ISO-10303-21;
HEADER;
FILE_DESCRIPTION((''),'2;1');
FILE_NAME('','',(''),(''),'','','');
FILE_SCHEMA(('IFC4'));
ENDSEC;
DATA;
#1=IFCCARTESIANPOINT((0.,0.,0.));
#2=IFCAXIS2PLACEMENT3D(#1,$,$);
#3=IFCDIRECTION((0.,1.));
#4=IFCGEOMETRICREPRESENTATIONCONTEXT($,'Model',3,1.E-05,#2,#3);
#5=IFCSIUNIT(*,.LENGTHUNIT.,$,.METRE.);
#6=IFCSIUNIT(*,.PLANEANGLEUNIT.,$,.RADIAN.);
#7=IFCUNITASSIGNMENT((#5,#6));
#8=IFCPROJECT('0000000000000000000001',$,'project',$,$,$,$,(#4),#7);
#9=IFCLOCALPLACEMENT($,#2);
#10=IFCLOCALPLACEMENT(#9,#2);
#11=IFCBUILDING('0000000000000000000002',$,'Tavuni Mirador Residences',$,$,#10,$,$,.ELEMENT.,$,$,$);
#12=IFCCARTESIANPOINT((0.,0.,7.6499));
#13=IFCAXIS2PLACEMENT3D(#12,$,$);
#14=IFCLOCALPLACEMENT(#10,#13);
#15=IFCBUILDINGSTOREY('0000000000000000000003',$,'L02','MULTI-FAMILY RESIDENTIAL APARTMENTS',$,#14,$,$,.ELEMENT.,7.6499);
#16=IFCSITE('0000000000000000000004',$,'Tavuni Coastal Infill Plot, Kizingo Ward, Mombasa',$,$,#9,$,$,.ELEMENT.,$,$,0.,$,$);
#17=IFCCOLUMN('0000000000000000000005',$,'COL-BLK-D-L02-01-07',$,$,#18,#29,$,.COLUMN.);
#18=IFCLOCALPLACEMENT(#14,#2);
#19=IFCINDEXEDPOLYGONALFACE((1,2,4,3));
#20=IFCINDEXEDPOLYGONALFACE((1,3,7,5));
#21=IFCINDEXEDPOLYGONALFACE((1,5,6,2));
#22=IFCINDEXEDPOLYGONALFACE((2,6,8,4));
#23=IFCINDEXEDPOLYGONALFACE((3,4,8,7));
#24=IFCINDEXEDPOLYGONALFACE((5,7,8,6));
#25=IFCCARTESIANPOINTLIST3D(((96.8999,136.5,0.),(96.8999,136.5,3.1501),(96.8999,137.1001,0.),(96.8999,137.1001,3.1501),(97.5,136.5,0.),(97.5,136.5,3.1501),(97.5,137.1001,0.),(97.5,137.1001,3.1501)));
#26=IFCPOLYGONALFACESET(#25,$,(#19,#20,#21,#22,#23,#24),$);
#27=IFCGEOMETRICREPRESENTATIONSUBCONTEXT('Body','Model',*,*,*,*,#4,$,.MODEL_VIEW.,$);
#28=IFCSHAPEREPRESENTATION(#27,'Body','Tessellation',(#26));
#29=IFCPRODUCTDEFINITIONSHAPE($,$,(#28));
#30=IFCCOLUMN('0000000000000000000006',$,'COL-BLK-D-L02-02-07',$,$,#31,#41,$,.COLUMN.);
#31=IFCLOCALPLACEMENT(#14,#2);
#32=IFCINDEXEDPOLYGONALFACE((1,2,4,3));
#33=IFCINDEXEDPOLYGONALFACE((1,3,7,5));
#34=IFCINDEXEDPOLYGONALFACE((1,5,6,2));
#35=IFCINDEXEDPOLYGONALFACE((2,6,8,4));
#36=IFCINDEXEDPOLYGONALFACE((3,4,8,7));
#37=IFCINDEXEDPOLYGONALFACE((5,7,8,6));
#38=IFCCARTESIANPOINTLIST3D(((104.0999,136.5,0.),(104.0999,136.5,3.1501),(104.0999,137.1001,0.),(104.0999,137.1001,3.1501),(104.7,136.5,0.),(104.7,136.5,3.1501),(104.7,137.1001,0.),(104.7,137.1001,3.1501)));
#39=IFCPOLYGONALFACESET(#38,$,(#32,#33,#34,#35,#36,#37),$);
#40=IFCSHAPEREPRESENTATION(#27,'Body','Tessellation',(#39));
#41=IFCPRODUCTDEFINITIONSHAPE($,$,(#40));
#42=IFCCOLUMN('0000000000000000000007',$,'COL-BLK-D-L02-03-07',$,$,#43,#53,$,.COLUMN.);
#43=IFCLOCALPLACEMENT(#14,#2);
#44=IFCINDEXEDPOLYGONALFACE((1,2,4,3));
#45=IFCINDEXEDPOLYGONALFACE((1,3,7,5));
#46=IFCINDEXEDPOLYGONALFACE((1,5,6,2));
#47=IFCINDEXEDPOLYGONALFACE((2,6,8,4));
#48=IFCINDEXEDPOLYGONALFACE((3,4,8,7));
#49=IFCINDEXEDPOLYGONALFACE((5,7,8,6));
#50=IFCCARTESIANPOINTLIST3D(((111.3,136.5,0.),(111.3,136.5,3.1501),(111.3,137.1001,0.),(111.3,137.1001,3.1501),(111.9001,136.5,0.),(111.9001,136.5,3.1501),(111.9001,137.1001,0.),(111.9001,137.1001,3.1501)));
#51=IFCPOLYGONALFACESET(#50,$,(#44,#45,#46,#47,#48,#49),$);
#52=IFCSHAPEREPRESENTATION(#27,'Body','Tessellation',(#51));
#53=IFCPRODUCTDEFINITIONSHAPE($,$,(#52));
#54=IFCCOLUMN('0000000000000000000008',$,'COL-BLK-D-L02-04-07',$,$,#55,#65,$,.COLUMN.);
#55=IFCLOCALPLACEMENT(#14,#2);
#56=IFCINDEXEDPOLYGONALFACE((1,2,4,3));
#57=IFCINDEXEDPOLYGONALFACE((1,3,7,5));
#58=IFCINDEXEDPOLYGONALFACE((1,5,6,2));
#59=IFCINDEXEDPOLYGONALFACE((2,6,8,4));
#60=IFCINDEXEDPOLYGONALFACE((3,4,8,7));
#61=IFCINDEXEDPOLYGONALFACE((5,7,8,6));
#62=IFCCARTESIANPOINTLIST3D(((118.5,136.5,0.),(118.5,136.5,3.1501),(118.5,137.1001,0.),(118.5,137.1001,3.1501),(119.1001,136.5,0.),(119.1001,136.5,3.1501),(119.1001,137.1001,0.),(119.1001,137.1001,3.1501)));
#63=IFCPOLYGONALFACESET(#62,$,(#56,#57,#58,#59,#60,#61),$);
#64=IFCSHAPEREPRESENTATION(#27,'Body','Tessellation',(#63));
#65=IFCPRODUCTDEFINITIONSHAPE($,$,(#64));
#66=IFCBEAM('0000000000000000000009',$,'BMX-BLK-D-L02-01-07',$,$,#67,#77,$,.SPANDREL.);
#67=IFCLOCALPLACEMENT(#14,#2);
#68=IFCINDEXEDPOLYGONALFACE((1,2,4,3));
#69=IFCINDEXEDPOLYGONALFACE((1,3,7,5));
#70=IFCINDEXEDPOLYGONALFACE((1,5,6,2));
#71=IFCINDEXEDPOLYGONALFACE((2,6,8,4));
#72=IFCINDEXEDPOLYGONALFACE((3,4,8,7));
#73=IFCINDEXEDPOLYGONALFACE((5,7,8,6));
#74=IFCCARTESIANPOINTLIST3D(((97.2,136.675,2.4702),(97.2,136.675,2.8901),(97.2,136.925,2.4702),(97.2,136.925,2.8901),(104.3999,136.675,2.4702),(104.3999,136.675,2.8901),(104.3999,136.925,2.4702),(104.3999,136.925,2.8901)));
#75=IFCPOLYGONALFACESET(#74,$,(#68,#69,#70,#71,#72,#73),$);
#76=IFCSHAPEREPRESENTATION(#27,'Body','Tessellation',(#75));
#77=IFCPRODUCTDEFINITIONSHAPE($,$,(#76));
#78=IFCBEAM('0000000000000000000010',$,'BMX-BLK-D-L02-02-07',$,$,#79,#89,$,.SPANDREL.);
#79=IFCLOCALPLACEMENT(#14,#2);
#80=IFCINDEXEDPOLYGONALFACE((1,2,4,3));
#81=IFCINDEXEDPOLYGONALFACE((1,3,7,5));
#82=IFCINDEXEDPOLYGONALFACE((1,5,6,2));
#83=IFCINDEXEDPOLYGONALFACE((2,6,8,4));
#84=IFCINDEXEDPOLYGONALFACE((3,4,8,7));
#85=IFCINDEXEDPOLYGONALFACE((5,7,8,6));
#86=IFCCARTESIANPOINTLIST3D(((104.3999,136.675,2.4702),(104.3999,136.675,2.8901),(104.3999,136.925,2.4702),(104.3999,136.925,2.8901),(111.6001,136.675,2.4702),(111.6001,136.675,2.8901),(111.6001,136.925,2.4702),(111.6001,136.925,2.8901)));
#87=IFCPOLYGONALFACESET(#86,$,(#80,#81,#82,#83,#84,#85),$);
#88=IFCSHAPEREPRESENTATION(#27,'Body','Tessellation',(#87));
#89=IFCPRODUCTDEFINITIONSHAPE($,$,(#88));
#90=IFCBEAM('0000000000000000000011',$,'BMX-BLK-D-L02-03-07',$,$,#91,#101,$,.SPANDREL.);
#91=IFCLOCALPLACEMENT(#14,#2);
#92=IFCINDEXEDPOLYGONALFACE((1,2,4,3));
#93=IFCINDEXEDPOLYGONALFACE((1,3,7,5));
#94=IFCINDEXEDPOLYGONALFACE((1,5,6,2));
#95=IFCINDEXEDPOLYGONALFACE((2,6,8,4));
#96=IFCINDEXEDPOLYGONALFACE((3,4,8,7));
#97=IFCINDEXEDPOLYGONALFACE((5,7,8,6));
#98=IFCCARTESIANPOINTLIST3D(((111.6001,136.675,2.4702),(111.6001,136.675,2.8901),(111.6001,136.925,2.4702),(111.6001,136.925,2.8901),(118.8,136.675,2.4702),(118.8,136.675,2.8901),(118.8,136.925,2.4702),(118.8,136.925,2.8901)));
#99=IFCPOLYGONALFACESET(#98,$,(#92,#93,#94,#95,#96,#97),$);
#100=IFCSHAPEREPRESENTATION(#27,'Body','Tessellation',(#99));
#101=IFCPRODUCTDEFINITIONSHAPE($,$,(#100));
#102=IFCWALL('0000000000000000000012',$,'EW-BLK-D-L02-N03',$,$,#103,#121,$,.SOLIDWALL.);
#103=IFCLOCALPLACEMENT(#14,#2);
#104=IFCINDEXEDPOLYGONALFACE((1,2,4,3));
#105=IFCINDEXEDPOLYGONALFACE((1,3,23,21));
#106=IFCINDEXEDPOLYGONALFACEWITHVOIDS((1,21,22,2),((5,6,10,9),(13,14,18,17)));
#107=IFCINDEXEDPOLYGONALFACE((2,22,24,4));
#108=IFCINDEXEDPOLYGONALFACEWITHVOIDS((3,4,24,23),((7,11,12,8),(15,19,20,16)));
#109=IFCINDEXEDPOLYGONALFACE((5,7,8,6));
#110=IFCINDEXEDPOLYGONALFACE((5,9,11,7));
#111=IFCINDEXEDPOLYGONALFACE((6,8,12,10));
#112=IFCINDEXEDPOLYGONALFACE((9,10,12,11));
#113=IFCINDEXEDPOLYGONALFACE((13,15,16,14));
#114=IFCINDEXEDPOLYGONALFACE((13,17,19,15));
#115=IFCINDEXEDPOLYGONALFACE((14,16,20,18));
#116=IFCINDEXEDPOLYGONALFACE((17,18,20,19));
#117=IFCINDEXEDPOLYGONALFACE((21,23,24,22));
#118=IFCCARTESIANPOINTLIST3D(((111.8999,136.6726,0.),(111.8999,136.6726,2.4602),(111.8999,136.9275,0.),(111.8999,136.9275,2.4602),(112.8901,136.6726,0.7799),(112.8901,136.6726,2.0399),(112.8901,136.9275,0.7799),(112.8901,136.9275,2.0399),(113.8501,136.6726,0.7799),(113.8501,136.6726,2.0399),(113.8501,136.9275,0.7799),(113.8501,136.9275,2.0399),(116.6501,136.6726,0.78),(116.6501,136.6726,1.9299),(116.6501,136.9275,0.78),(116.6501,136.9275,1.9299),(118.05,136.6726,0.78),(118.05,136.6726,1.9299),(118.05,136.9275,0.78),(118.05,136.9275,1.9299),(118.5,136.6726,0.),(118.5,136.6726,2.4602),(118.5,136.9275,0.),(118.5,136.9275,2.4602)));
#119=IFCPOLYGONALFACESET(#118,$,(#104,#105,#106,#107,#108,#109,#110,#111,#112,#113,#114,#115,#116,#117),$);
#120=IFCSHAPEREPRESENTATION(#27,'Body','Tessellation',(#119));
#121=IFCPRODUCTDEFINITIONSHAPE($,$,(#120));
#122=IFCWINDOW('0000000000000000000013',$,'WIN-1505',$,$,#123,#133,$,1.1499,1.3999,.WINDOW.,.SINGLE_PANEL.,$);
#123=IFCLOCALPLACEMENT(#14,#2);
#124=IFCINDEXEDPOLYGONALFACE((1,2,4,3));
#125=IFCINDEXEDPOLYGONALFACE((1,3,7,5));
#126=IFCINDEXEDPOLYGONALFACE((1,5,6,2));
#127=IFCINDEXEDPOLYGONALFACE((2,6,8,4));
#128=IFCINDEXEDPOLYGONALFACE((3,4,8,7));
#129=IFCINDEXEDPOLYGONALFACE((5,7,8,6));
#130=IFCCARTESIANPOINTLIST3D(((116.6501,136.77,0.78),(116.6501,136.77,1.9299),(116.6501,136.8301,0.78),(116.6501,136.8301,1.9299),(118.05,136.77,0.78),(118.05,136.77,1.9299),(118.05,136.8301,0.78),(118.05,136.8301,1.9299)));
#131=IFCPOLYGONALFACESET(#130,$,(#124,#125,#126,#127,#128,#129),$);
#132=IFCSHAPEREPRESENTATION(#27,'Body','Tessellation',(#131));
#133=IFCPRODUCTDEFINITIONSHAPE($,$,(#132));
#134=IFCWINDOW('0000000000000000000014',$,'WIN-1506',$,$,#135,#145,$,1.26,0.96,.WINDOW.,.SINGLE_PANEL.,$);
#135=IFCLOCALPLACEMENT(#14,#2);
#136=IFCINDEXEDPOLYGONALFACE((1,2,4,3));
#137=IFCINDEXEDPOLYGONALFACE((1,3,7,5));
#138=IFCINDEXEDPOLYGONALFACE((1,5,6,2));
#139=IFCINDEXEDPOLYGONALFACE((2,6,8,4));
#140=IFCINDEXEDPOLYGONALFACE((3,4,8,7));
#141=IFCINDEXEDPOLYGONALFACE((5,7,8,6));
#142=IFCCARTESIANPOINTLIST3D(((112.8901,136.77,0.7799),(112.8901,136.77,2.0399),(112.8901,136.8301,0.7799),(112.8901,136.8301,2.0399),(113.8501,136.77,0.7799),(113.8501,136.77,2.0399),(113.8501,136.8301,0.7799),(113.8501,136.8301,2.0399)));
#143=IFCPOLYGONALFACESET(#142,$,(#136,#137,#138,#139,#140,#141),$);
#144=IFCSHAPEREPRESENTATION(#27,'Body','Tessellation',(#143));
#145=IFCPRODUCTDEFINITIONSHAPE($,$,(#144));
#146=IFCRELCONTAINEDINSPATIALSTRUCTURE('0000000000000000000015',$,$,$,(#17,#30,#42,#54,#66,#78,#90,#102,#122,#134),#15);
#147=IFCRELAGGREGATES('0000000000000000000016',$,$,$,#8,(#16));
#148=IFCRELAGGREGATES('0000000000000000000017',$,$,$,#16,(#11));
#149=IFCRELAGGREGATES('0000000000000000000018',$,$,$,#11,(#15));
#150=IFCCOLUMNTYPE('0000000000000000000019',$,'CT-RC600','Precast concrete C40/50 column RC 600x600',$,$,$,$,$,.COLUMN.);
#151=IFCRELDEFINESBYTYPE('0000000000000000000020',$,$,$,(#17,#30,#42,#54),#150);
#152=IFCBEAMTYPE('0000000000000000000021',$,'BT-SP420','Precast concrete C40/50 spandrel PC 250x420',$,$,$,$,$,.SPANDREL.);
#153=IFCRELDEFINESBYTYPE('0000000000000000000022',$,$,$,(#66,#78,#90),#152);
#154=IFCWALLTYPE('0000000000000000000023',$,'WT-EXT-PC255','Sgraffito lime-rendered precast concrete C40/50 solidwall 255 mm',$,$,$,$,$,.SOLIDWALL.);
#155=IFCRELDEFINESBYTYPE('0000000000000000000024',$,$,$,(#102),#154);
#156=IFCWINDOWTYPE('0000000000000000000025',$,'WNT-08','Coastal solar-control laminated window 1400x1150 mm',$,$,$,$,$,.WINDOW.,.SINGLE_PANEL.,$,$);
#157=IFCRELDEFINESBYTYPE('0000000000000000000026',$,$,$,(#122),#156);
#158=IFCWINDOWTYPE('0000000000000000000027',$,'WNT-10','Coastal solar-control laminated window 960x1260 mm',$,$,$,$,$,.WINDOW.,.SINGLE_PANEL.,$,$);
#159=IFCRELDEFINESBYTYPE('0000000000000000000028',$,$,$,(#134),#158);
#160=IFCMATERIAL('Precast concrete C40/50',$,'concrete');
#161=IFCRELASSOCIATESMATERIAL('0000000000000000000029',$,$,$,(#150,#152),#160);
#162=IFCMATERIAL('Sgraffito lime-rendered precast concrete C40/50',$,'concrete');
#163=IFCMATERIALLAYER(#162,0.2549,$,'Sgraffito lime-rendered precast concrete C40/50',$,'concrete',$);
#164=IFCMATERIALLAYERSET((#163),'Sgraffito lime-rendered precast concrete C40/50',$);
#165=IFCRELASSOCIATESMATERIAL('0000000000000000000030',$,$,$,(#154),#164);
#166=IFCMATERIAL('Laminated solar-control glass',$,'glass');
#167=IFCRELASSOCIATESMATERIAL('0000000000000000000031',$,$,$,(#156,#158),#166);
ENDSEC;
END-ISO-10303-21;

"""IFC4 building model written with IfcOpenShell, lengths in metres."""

from ifc_helpers import new_model, si_unit, direction, frame, frame_2d, origin, origin_2d, place, context, subcontext, project, spatial, rectangle, extrude, material, layer, layer_set, material_profile, profile_set, type_object, element, fill, save


model = new_model("IFC4")

# Units and contexts
model_context = context("Model", 3, precision=1e-05, world=origin(), true_north=direction((0.0, 1.0)))
body_context = subcontext(model_context, "Body", "Model", "MODEL_VIEW")
ifc_project = project(units=[si_unit("LENGTHUNIT", "METRE"), si_unit("PLANEANGLEUNIT", "RADIAN")], contexts=[model_context])

# Site, building, storey
site_placement = place(None, origin())
site = spatial("IfcSite", under=ifc_project, at=site_placement, Name="Tavuni Coastal Infill Plot, Kizingo Ward, Mombasa", CompositionType="ELEMENT", RefElevation=0.0)
building_placement = place(site_placement, origin())
building = spatial("IfcBuilding", under=site, at=building_placement, Name="Tavuni Mirador Residences", CompositionType="ELEMENT")
storey_placement = place(building_placement, frame((0.0, 0.0, 7.6499)))
storey = spatial("IfcBuildingStorey", under=building, at=storey_placement, Name="L02", Description="MULTI-FAMILY RESIDENTIAL APARTMENTS", CompositionType="ELEMENT", Elevation=7.6499)

# Columns
ifc_material_1 = material(Name="Precast concrete C40/50", Category="concrete")
ifc_material_profile_1 = material_profile(ifc_material_1, rectangle(XDim=0.6001, YDim=0.6001, at=origin_2d()), Name="RC 600x600", Category="concrete")
ifc_profile_set_1 = profile_set([ifc_material_profile_1], Name="Precast concrete C40/50")
column_type = type_object("IfcColumnType", Name="CT-RC600", Description="Precast concrete C40/50 column RC 600x600", PredefinedType="COLUMN", material=ifc_profile_set_1)
for number, where, z_axis, x_axis, name in (
    (1, (97.2, 136.8, 0.0), (0.0, 0.0, 1.0), (1.0, 0.0, 0.0), "COL-BLK-D-L02-01-07"),
    (2, (104.3999, 136.8, 0.0), (0.0, 0.0, 1.0), (1.0, 0.0, 0.0), "COL-BLK-D-L02-02-07"),
    (3, (111.6001, 136.8, 0.0), (0.0, 0.0, 1.0), (1.0, 0.0, 0.0), "COL-BLK-D-L02-03-07"),
    (4, (118.8, 136.8, 0.0), (0.0, 0.0, 1.0), (1.0, 0.0, 0.0), "COL-BLK-D-L02-04-07"),
):
    element("IfcColumn", number, at=place(storey_placement, frame(where, z_axis=z_axis, x_axis=x_axis)), inside=storey, type_object=column_type, Name=name, PredefinedType="COLUMN", context=body_context, shape_type="SweptSolid", body=[
        extrude(rectangle(XDim=0.6001, YDim=0.6001, at=origin_2d()), origin(), (0.0, 0.0, 1.0), 3.1501),
    ])

# Beams
ifc_material_profile_2 = material_profile(ifc_material_1, rectangle(XDim=0.25, YDim=0.4199, at=origin_2d()), Name="PC 250x420", Category="concrete")
ifc_profile_set_2 = profile_set([ifc_material_profile_2], Name="Precast concrete C40/50")
beam_type = type_object("IfcBeamType", Name="BT-SP420", Description="Precast concrete C40/50 spandrel PC 250x420", PredefinedType="SPANDREL", material=ifc_profile_set_2)
beam_1_placement = place(storey_placement, frame((97.2, 136.8, 2.6802), z_axis=(1.0, 0.0, 0.0), x_axis=(0.0, 1.0, 0.0)))
element("IfcBeam", 5, at=beam_1_placement, inside=storey, type_object=beam_type, Name="BMX-BLK-D-L02-01-07", PredefinedType="SPANDREL", context=body_context, shape_type="SweptSolid", body=[
    extrude(rectangle(XDim=0.25, YDim=0.4199, at=origin_2d()), origin(), (0.0, 0.0, 1.0), 7.2),
])
beam_2_placement = place(storey_placement, frame((104.3999, 136.8, 2.6802), z_axis=(1.0, 0.0, 0.0), x_axis=(0.0, 1.0, 0.0)))
element("IfcBeam", 6, at=beam_2_placement, inside=storey, type_object=beam_type, Name="BMX-BLK-D-L02-02-07", PredefinedType="SPANDREL", context=body_context, shape_type="SweptSolid", body=[
    extrude(rectangle(XDim=0.25, YDim=0.4199, at=origin_2d()), origin(), (0.0, 0.0, 1.0), 7.2002),
])
beam_3_placement = place(storey_placement, frame((111.6001, 136.8, 2.6802), z_axis=(1.0, 0.0, 0.0), x_axis=(0.0, 1.0, 0.0)))
element("IfcBeam", 7, at=beam_3_placement, inside=storey, type_object=beam_type, Name="BMX-BLK-D-L02-03-07", PredefinedType="SPANDREL", context=body_context, shape_type="SweptSolid", body=[
    extrude(rectangle(XDim=0.25, YDim=0.4199, at=origin_2d()), origin(), (0.0, 0.0, 1.0), 7.2),
])

# Wall, openings, windows
ifc_material_2 = material(Name="Sgraffito lime-rendered precast concrete C40/50", Category="concrete")
ifc_layer_1 = layer(ifc_material_2, 0.2549, Name="Sgraffito lime-rendered precast concrete C40/50", Category="concrete")
ifc_layer_set_1 = layer_set([ifc_layer_1], Name="Sgraffito lime-rendered precast concrete C40/50")
wall_type_1 = type_object("IfcWallType", Name="WT-EXT-PC255", Description="Sgraffito lime-rendered precast concrete C40/50 solidwall 255 mm", PredefinedType="SOLIDWALL", material=ifc_layer_set_1)
wall_1_placement = place(storey_placement, frame((118.5, 136.8, 0.0), z_axis=(0.0, 0.0, 1.0), x_axis=(-1.0, 0.0, 0.0)))
wall_1 = element("IfcWall", 8, at=wall_1_placement, inside=storey, type_object=wall_type_1, Name="EW-BLK-D-L02-N03", PredefinedType="SOLIDWALL", context=body_context, shape_type="SweptSolid", body=[
    extrude(rectangle(XDim=6.6001, YDim=0.2549, at=frame_2d((3.3, 0.0))), origin(), (0.0, 0.0, 1.0), 2.4602),
])
opening_1_placement = place(wall_1_placement, frame((0.45, 0.0, 0.78)))
opening_1 = element("IfcOpeningElement", 9, at=opening_1_placement, cuts=wall_1, PredefinedType="OPENING", context=body_context, shape_type="SweptSolid", body=[
    extrude(rectangle(XDim=1.3999, YDim=1.1499, at=frame_2d((0.7, 0.575))), frame((0.0, 0.1375, 0.0), z_axis=(0.0, -1.0, 0.0), x_axis=(1.0, 0.0, 0.0)), (0.0, 0.0, 1.0), 0.2749),
])
opening_2_placement = place(wall_1_placement, frame((4.6499, 0.0, 0.78)))
opening_2 = element("IfcOpeningElement", 10, at=opening_2_placement, cuts=wall_1, PredefinedType="OPENING", context=body_context, shape_type="SweptSolid", body=[
    extrude(rectangle(XDim=0.96, YDim=1.26, at=frame_2d((0.48, 0.6299))), frame((0.0, 0.1375, 0.0), z_axis=(0.0, -1.0, 0.0), x_axis=(1.0, 0.0, 0.0)), (0.0, 0.0, 1.0), 0.2749),
])
ifc_material_3 = material(Name="Laminated solar-control glass", Category="glass")
window_type_1 = type_object("IfcWindowType", Name="WNT-08", Description="Coastal solar-control laminated window 1400x1150 mm", PartitioningType="SINGLE_PANEL", PredefinedType="WINDOW", material=ifc_material_3)
window_1_placement = place(opening_1_placement, origin())
window_1 = element("IfcWindow", 11, at=window_1_placement, inside=storey, type_object=window_type_1, Name="WIN-1505", OverallHeight=1.1499, OverallWidth=1.3999, PartitioningType="SINGLE_PANEL", PredefinedType="WINDOW", context=body_context, shape_type="SweptSolid", body=[
    extrude(rectangle(XDim=1.3999, YDim=1.1499, at=frame_2d((0.7, 0.575))), frame((0.0, 0.03, 0.0), z_axis=(0.0, -1.0, 0.0), x_axis=(1.0, 0.0, 0.0)), (0.0, 0.0, 1.0), 0.0601),
])
fill(opening_1, window_1)
window_type_2 = type_object("IfcWindowType", Name="WNT-10", Description="Coastal solar-control laminated window 960x1260 mm", PartitioningType="SINGLE_PANEL", PredefinedType="WINDOW", material=ifc_material_3)
window_2_placement = place(opening_2_placement, origin())
window_2 = element("IfcWindow", 12, at=window_2_placement, inside=storey, type_object=window_type_2, Name="WIN-1506", OverallHeight=1.26, OverallWidth=0.96, PartitioningType="SINGLE_PANEL", PredefinedType="WINDOW", context=body_context, shape_type="SweptSolid", body=[
    extrude(rectangle(XDim=0.96, YDim=1.26, at=frame_2d((0.48, 0.6299))), frame((0.0, 0.03, 0.0), z_axis=(0.0, -1.0, 0.0), x_axis=(1.0, 0.0, 0.0)), (0.0, 0.0, 1.0), 0.0601),
])
fill(opening_2, window_2)

save(model, "model.ifc")
